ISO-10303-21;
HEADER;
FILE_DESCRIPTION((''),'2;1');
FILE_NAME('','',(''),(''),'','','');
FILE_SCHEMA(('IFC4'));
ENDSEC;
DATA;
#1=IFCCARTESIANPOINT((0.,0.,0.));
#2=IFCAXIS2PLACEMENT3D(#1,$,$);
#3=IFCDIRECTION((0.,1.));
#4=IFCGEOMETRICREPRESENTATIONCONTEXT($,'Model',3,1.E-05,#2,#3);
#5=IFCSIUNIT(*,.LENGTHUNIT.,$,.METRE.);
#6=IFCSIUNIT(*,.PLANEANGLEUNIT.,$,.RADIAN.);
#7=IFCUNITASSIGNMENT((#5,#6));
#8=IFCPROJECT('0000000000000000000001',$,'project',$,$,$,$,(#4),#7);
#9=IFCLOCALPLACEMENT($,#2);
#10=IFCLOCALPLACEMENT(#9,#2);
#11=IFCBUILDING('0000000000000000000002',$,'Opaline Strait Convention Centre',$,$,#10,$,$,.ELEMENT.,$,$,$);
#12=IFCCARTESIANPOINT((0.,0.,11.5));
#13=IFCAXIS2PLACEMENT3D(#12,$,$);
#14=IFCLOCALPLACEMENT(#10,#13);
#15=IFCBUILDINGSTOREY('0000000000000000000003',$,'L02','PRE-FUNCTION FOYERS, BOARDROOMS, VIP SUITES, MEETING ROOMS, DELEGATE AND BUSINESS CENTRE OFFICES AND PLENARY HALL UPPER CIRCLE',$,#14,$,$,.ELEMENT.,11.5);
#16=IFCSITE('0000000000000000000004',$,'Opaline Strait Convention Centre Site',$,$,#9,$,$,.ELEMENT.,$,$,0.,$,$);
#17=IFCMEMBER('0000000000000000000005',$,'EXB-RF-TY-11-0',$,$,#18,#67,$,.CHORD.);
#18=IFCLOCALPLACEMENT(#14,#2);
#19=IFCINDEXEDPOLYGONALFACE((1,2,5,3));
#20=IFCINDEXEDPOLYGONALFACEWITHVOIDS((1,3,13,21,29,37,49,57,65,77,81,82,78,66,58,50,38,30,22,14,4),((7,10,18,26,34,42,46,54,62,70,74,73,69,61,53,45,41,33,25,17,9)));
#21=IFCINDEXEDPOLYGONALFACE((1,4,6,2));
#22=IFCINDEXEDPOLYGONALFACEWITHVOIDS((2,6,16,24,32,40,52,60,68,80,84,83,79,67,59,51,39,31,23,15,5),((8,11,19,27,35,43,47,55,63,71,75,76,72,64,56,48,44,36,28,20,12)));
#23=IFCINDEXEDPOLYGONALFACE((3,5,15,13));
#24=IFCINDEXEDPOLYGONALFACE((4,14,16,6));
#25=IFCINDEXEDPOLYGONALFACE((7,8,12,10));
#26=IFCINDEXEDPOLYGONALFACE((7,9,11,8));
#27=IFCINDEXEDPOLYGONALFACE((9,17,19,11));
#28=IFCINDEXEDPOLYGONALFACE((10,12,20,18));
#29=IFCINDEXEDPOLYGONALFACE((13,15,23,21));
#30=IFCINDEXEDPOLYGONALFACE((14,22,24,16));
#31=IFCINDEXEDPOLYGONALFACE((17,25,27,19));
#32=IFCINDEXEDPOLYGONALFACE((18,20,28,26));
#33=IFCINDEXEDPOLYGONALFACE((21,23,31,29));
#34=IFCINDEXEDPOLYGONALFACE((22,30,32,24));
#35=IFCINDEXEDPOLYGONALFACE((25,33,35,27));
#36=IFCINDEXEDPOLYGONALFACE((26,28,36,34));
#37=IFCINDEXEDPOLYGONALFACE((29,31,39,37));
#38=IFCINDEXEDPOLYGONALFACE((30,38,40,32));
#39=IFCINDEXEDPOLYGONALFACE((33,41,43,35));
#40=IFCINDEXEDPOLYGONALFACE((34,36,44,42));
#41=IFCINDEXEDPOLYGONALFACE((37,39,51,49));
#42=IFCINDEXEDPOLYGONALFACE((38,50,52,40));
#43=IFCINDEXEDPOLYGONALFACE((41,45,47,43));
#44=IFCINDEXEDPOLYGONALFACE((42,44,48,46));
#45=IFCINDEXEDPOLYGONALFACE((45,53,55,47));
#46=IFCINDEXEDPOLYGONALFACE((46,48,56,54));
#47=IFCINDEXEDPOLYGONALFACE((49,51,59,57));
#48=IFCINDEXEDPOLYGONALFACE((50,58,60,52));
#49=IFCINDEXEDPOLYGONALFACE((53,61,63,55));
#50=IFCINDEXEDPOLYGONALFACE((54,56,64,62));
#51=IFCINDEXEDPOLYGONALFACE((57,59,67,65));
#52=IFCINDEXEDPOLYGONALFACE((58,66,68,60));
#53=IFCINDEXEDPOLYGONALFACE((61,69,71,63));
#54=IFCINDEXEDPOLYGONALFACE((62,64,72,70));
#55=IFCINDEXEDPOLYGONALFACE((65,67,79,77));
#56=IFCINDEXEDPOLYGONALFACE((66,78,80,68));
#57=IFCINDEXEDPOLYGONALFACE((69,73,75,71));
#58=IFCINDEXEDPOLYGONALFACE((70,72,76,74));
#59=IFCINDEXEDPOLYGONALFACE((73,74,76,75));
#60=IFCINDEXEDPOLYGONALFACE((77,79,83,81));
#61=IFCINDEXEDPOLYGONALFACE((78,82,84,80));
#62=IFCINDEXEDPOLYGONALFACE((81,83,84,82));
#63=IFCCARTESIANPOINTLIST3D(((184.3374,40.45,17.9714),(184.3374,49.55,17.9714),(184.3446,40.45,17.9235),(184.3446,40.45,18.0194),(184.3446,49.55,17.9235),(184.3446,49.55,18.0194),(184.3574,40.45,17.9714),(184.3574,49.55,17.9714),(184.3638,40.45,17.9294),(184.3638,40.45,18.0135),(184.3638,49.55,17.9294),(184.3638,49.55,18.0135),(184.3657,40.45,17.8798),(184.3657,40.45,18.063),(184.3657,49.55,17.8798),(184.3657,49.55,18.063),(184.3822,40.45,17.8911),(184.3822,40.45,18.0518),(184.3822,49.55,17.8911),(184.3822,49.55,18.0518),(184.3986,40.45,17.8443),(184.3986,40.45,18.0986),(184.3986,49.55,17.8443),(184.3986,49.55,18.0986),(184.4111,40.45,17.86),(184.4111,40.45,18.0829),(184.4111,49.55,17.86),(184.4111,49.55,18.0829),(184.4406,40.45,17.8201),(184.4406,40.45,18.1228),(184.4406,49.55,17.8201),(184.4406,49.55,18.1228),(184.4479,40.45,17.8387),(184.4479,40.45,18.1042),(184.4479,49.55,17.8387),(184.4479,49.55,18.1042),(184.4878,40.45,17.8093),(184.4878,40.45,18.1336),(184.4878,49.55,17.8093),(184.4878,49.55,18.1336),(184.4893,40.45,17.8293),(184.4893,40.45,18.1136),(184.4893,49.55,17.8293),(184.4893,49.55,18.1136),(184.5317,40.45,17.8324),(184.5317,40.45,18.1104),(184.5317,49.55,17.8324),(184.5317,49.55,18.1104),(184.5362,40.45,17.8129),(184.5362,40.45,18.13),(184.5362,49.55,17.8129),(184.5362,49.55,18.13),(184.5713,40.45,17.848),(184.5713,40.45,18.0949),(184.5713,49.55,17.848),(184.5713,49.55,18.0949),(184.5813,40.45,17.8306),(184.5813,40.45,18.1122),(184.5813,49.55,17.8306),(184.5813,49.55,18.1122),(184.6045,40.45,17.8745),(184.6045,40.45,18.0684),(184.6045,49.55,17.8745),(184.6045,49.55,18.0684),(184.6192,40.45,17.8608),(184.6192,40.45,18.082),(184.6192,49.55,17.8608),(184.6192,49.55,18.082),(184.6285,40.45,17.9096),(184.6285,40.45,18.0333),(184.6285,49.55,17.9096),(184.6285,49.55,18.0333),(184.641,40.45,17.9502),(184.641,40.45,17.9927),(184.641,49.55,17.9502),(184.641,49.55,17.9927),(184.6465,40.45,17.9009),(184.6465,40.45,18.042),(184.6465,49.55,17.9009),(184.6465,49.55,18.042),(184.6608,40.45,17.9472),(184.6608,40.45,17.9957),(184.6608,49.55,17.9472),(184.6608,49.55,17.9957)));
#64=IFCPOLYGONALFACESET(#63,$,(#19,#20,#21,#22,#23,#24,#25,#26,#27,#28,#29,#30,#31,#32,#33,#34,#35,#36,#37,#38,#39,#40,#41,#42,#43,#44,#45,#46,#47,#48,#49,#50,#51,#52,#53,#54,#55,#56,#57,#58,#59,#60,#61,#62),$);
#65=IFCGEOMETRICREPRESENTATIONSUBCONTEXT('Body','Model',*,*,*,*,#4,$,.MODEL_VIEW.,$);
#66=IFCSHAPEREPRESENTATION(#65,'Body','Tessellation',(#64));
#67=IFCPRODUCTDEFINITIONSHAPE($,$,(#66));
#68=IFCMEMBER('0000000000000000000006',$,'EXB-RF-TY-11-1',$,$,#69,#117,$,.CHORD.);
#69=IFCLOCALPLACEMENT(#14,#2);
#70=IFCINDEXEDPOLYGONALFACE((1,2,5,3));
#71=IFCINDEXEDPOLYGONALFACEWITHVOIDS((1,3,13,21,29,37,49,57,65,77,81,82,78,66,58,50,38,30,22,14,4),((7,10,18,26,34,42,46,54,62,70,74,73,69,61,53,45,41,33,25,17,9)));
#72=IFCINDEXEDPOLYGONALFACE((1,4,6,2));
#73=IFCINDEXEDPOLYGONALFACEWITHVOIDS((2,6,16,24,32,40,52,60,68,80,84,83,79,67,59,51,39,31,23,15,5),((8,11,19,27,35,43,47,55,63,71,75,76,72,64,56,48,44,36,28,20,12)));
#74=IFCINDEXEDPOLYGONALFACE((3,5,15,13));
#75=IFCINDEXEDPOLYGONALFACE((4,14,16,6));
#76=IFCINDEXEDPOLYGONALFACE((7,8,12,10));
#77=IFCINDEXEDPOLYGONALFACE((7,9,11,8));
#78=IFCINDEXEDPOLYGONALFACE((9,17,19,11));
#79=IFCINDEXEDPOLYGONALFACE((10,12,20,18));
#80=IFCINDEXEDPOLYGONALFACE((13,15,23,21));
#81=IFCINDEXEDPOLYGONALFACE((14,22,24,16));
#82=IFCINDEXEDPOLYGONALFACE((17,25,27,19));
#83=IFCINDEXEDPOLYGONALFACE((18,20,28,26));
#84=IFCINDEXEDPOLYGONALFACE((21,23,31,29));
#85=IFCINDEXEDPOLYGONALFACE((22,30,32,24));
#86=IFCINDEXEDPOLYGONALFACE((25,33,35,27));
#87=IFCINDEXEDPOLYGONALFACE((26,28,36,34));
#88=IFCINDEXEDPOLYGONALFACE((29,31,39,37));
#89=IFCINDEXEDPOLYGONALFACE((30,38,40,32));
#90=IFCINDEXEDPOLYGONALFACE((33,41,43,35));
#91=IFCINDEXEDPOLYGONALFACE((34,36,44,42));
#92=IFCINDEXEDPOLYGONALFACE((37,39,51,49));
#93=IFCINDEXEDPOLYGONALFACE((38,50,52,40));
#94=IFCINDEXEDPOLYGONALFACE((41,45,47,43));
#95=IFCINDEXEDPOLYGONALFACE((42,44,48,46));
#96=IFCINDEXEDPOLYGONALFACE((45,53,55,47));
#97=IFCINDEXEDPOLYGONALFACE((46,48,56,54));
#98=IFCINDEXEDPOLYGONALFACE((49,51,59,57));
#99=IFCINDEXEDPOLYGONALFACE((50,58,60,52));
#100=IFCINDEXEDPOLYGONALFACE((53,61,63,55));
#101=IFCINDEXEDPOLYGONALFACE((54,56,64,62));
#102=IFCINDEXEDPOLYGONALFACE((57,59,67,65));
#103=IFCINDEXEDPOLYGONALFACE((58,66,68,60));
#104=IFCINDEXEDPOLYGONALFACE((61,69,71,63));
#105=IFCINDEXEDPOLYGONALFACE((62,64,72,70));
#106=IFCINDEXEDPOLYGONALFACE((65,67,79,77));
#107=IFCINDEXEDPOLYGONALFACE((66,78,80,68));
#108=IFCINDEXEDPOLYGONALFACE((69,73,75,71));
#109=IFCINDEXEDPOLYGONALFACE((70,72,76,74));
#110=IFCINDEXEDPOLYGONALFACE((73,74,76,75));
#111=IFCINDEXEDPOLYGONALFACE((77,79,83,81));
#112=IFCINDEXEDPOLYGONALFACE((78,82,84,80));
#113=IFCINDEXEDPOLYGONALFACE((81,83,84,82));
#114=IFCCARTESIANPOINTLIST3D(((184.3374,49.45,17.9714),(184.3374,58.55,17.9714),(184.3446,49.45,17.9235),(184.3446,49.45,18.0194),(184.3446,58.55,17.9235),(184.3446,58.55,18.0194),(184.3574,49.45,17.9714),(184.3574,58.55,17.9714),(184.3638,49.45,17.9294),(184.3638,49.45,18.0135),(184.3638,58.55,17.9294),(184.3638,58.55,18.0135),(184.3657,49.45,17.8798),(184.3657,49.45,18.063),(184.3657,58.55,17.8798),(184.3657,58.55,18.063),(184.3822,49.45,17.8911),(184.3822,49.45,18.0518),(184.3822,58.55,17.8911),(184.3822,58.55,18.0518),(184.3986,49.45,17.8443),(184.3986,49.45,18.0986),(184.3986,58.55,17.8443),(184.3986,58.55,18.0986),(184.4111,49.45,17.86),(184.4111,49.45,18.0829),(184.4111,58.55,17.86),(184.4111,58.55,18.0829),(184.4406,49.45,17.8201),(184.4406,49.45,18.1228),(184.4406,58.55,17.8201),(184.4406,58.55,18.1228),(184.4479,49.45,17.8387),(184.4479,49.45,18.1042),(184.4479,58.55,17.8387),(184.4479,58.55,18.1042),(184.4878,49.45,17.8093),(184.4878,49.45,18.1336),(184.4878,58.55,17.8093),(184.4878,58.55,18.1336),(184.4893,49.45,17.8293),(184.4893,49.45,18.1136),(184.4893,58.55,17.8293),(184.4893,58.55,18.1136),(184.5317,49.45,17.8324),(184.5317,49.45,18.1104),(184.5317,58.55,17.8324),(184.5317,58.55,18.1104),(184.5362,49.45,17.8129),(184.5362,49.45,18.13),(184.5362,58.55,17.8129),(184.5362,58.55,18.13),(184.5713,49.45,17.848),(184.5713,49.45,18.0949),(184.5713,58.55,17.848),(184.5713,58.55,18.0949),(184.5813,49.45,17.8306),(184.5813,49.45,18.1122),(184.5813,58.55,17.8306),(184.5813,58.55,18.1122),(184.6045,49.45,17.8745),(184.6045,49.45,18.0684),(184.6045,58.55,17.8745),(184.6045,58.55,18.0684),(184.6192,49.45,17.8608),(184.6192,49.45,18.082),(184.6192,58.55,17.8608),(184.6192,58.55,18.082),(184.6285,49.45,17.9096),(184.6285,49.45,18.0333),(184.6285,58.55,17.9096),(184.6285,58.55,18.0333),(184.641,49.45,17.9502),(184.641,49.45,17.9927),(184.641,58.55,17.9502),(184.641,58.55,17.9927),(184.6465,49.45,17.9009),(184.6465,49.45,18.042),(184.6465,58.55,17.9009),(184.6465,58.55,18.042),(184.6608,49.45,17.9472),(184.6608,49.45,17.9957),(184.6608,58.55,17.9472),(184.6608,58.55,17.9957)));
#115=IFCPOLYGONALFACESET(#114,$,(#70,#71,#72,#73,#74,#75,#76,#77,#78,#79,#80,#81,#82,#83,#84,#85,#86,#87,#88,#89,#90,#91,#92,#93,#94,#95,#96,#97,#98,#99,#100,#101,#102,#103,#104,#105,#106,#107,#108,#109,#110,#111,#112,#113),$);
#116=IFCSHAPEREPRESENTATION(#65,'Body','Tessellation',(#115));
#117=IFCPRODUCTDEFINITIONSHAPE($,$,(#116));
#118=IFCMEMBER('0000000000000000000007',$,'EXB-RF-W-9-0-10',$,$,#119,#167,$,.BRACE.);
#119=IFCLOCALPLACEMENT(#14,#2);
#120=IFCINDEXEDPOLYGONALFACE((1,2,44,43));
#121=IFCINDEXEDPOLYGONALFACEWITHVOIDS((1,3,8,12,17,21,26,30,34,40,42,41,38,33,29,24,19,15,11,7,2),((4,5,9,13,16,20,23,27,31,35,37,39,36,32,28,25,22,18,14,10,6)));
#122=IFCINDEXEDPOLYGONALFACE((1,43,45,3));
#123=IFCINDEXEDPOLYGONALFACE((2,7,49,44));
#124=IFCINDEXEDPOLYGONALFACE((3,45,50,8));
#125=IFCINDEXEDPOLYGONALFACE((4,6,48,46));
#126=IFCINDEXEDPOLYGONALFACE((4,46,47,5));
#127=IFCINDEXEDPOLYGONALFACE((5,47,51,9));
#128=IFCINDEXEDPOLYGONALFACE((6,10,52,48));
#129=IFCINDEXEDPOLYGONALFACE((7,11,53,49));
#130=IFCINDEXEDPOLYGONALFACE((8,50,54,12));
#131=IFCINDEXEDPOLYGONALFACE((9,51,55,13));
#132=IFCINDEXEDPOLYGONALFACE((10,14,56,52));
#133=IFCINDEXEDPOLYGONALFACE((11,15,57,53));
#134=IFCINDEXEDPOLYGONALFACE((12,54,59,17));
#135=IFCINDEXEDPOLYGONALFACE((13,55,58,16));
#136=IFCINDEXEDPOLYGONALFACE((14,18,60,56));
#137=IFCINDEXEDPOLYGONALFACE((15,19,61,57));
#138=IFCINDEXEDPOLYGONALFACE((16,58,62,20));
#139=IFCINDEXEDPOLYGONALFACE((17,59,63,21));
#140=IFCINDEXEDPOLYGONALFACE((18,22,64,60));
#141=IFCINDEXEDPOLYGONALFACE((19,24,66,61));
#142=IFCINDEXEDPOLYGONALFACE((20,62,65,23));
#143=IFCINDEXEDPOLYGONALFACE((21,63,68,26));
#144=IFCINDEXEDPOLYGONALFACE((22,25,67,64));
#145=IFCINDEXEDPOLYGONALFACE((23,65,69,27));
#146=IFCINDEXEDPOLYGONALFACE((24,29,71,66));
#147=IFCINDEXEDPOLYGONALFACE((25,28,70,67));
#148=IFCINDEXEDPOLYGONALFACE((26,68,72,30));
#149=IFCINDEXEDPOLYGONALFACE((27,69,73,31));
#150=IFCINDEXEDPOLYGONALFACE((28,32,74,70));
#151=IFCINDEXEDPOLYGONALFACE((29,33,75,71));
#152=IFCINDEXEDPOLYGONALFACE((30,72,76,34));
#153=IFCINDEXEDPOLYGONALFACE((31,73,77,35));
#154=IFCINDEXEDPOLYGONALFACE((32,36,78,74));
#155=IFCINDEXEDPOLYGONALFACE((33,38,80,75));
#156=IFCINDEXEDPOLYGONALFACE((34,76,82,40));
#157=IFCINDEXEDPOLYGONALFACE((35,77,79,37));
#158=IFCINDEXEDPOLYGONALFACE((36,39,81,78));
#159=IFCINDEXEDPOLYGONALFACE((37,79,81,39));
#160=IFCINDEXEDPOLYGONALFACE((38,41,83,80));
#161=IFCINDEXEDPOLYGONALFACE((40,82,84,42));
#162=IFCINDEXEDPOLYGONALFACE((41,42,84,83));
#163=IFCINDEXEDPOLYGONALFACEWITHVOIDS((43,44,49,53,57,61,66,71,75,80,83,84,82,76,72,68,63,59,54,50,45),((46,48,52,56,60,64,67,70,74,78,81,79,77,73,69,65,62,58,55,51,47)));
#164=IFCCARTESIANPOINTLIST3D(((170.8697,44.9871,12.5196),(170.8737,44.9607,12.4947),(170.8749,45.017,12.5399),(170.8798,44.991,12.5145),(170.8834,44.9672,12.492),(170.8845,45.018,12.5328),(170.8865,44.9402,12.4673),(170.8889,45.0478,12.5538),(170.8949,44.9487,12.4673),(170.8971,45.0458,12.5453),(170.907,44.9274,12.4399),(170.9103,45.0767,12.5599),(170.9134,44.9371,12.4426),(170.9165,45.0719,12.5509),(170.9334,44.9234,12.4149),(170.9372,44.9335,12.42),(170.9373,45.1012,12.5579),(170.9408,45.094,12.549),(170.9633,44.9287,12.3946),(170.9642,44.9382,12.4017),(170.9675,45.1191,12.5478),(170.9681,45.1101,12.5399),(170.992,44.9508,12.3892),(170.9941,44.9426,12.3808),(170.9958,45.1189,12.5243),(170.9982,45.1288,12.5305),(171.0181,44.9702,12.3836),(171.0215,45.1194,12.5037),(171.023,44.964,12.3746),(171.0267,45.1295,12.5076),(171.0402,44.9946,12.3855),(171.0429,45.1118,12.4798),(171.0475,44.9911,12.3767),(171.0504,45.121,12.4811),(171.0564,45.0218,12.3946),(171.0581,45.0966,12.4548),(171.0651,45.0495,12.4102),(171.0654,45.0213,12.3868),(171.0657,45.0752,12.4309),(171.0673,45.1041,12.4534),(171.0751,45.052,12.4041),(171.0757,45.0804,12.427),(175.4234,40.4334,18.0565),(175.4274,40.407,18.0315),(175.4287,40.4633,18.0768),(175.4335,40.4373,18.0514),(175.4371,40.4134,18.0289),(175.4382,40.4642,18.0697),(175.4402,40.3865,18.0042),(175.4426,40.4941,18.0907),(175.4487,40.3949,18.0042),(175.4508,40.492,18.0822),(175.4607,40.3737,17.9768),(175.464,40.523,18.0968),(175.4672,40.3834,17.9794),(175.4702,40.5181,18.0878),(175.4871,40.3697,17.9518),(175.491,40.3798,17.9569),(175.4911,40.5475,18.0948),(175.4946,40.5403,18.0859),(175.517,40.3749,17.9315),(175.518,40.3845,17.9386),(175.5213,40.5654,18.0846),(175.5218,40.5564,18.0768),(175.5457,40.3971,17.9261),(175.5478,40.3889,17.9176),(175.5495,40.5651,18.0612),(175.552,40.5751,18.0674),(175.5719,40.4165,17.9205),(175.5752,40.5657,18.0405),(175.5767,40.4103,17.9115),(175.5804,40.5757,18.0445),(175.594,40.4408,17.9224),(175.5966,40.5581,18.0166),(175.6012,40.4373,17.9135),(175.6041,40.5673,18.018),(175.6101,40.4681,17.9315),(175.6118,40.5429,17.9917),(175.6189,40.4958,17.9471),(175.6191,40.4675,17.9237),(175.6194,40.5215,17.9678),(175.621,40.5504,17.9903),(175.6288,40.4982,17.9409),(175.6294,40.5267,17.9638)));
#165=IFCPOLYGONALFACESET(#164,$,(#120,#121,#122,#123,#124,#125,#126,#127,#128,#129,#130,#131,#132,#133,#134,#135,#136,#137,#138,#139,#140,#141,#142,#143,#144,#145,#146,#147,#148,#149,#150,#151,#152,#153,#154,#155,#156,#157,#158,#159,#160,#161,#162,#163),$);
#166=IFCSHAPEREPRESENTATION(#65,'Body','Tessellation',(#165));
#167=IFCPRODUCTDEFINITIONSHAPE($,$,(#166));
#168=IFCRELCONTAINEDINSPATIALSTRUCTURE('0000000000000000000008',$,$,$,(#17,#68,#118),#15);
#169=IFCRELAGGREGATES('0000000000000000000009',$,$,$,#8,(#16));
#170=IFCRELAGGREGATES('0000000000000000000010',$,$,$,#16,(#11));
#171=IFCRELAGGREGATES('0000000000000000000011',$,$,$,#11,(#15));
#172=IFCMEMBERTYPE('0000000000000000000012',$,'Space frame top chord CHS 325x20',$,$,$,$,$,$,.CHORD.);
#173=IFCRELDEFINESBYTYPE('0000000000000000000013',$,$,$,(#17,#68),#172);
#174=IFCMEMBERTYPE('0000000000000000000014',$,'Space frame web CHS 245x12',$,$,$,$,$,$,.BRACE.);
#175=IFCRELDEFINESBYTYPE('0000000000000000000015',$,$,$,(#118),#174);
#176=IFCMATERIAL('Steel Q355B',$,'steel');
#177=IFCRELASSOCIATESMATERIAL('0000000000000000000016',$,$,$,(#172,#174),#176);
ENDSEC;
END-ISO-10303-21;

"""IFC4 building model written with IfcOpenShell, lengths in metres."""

from ifc_helpers import new_model, si_unit, direction, frame, origin, origin_2d, place, context, subcontext, project, spatial, hollow_circle, extrude, material, material_profile, profile_set, type_object, element, save


model = new_model("IFC4")

# Units and contexts
model_context = context("Model", 3, precision=1e-05, world=origin(), true_north=direction((0.0, 1.0)))
body_context = subcontext(model_context, "Body", "Model", "MODEL_VIEW")
ifc_project = project(units=[si_unit("LENGTHUNIT", "METRE"), si_unit("PLANEANGLEUNIT", "RADIAN")], contexts=[model_context])

# Site, building, storey
site_placement = place(None, origin())
site = spatial("IfcSite", under=ifc_project, at=site_placement, Name="Opaline Strait Convention Centre Site", CompositionType="ELEMENT", RefElevation=0.0)
building_placement = place(site_placement, origin())
building = spatial("IfcBuilding", under=site, at=building_placement, Name="Opaline Strait Convention Centre", CompositionType="ELEMENT")
storey_placement = place(building_placement, frame((0.0, 0.0, 11.5)))
storey = spatial("IfcBuildingStorey", under=building, at=storey_placement, Name="L02", Description="PRE-FUNCTION FOYERS, BOARDROOMS, VIP SUITES, MEETING ROOMS, DELEGATE AND BUSINESS CENTRE OFFICES AND PLENARY HALL UPPER CIRCLE", CompositionType="ELEMENT", Elevation=11.5)

# Members
ifc_material_1 = material(Name="Steel Q355B", Category="steel")
ifc_material_profile_1 = material_profile(ifc_material_1, hollow_circle(Radius=0.1626, WallThickness=0.02, at=origin_2d()), Name="CHS 325x20")
ifc_profile_set_1 = profile_set([ifc_material_profile_1], Name="Steel Q355B")
member_type_1 = type_object("IfcMemberType", Name="Space frame top chord CHS 325x20", PredefinedType="CHORD", material=ifc_profile_set_1)
for number, where, z_axis, x_axis, name in (
    (1, (184.5, 40.45, 17.9714), (0.0, 1.0, 0.0), (-1.0, 0.0, 0.0), "EXB-RF-TY-11-0"),
    (2, (184.5, 49.45, 17.9714), (0.0, 1.0, 0.0), (-1.0, 0.0, 0.0), "EXB-RF-TY-11-1"),
):
    element("IfcMember", number, at=place(storey_placement, frame(where, z_axis=z_axis, x_axis=x_axis)), inside=storey, type_object=member_type_1, Name=name, PredefinedType="CHORD", context=body_context, shape_type="SweptSolid", body=[
        extrude(hollow_circle(Radius=0.1626, WallThickness=0.02, at=origin_2d()), origin(), (0.0, 0.0, 1.0), 9.1001),
    ])
ifc_material_profile_2 = material_profile(ifc_material_1, hollow_circle(Radius=0.1226, WallThickness=0.012, at=origin_2d()), Name="CHS 245x12")
ifc_profile_set_2 = profile_set([ifc_material_profile_2], Name="Steel Q355B")
member_type_2 = type_object("IfcMemberType", Name="Space frame web CHS 245x12", PredefinedType="BRACE", material=ifc_profile_set_2)
for number, where, z_axis, x_axis, name in (
    (3, (175.5269, 40.4731, 18.0042), (-0.536178, 0.536178, -0.65194), (-0.707107, -0.707107, 0.0), "EXB-RF-W-9-0-10"),
):
    element("IfcMember", number, at=place(storey_placement, frame(where, z_axis=z_axis, x_axis=x_axis)), inside=storey, type_object=member_type_2, Name=name, PredefinedType="BRACE", context=body_context, shape_type="SweptSolid", body=[
        extrude(hollow_circle(Radius=0.1226, WallThickness=0.012, at=origin_2d()), origin(), (0.0, 0.0, 1.0), 8.4929),
    ])

save(model, "model.ifc")
